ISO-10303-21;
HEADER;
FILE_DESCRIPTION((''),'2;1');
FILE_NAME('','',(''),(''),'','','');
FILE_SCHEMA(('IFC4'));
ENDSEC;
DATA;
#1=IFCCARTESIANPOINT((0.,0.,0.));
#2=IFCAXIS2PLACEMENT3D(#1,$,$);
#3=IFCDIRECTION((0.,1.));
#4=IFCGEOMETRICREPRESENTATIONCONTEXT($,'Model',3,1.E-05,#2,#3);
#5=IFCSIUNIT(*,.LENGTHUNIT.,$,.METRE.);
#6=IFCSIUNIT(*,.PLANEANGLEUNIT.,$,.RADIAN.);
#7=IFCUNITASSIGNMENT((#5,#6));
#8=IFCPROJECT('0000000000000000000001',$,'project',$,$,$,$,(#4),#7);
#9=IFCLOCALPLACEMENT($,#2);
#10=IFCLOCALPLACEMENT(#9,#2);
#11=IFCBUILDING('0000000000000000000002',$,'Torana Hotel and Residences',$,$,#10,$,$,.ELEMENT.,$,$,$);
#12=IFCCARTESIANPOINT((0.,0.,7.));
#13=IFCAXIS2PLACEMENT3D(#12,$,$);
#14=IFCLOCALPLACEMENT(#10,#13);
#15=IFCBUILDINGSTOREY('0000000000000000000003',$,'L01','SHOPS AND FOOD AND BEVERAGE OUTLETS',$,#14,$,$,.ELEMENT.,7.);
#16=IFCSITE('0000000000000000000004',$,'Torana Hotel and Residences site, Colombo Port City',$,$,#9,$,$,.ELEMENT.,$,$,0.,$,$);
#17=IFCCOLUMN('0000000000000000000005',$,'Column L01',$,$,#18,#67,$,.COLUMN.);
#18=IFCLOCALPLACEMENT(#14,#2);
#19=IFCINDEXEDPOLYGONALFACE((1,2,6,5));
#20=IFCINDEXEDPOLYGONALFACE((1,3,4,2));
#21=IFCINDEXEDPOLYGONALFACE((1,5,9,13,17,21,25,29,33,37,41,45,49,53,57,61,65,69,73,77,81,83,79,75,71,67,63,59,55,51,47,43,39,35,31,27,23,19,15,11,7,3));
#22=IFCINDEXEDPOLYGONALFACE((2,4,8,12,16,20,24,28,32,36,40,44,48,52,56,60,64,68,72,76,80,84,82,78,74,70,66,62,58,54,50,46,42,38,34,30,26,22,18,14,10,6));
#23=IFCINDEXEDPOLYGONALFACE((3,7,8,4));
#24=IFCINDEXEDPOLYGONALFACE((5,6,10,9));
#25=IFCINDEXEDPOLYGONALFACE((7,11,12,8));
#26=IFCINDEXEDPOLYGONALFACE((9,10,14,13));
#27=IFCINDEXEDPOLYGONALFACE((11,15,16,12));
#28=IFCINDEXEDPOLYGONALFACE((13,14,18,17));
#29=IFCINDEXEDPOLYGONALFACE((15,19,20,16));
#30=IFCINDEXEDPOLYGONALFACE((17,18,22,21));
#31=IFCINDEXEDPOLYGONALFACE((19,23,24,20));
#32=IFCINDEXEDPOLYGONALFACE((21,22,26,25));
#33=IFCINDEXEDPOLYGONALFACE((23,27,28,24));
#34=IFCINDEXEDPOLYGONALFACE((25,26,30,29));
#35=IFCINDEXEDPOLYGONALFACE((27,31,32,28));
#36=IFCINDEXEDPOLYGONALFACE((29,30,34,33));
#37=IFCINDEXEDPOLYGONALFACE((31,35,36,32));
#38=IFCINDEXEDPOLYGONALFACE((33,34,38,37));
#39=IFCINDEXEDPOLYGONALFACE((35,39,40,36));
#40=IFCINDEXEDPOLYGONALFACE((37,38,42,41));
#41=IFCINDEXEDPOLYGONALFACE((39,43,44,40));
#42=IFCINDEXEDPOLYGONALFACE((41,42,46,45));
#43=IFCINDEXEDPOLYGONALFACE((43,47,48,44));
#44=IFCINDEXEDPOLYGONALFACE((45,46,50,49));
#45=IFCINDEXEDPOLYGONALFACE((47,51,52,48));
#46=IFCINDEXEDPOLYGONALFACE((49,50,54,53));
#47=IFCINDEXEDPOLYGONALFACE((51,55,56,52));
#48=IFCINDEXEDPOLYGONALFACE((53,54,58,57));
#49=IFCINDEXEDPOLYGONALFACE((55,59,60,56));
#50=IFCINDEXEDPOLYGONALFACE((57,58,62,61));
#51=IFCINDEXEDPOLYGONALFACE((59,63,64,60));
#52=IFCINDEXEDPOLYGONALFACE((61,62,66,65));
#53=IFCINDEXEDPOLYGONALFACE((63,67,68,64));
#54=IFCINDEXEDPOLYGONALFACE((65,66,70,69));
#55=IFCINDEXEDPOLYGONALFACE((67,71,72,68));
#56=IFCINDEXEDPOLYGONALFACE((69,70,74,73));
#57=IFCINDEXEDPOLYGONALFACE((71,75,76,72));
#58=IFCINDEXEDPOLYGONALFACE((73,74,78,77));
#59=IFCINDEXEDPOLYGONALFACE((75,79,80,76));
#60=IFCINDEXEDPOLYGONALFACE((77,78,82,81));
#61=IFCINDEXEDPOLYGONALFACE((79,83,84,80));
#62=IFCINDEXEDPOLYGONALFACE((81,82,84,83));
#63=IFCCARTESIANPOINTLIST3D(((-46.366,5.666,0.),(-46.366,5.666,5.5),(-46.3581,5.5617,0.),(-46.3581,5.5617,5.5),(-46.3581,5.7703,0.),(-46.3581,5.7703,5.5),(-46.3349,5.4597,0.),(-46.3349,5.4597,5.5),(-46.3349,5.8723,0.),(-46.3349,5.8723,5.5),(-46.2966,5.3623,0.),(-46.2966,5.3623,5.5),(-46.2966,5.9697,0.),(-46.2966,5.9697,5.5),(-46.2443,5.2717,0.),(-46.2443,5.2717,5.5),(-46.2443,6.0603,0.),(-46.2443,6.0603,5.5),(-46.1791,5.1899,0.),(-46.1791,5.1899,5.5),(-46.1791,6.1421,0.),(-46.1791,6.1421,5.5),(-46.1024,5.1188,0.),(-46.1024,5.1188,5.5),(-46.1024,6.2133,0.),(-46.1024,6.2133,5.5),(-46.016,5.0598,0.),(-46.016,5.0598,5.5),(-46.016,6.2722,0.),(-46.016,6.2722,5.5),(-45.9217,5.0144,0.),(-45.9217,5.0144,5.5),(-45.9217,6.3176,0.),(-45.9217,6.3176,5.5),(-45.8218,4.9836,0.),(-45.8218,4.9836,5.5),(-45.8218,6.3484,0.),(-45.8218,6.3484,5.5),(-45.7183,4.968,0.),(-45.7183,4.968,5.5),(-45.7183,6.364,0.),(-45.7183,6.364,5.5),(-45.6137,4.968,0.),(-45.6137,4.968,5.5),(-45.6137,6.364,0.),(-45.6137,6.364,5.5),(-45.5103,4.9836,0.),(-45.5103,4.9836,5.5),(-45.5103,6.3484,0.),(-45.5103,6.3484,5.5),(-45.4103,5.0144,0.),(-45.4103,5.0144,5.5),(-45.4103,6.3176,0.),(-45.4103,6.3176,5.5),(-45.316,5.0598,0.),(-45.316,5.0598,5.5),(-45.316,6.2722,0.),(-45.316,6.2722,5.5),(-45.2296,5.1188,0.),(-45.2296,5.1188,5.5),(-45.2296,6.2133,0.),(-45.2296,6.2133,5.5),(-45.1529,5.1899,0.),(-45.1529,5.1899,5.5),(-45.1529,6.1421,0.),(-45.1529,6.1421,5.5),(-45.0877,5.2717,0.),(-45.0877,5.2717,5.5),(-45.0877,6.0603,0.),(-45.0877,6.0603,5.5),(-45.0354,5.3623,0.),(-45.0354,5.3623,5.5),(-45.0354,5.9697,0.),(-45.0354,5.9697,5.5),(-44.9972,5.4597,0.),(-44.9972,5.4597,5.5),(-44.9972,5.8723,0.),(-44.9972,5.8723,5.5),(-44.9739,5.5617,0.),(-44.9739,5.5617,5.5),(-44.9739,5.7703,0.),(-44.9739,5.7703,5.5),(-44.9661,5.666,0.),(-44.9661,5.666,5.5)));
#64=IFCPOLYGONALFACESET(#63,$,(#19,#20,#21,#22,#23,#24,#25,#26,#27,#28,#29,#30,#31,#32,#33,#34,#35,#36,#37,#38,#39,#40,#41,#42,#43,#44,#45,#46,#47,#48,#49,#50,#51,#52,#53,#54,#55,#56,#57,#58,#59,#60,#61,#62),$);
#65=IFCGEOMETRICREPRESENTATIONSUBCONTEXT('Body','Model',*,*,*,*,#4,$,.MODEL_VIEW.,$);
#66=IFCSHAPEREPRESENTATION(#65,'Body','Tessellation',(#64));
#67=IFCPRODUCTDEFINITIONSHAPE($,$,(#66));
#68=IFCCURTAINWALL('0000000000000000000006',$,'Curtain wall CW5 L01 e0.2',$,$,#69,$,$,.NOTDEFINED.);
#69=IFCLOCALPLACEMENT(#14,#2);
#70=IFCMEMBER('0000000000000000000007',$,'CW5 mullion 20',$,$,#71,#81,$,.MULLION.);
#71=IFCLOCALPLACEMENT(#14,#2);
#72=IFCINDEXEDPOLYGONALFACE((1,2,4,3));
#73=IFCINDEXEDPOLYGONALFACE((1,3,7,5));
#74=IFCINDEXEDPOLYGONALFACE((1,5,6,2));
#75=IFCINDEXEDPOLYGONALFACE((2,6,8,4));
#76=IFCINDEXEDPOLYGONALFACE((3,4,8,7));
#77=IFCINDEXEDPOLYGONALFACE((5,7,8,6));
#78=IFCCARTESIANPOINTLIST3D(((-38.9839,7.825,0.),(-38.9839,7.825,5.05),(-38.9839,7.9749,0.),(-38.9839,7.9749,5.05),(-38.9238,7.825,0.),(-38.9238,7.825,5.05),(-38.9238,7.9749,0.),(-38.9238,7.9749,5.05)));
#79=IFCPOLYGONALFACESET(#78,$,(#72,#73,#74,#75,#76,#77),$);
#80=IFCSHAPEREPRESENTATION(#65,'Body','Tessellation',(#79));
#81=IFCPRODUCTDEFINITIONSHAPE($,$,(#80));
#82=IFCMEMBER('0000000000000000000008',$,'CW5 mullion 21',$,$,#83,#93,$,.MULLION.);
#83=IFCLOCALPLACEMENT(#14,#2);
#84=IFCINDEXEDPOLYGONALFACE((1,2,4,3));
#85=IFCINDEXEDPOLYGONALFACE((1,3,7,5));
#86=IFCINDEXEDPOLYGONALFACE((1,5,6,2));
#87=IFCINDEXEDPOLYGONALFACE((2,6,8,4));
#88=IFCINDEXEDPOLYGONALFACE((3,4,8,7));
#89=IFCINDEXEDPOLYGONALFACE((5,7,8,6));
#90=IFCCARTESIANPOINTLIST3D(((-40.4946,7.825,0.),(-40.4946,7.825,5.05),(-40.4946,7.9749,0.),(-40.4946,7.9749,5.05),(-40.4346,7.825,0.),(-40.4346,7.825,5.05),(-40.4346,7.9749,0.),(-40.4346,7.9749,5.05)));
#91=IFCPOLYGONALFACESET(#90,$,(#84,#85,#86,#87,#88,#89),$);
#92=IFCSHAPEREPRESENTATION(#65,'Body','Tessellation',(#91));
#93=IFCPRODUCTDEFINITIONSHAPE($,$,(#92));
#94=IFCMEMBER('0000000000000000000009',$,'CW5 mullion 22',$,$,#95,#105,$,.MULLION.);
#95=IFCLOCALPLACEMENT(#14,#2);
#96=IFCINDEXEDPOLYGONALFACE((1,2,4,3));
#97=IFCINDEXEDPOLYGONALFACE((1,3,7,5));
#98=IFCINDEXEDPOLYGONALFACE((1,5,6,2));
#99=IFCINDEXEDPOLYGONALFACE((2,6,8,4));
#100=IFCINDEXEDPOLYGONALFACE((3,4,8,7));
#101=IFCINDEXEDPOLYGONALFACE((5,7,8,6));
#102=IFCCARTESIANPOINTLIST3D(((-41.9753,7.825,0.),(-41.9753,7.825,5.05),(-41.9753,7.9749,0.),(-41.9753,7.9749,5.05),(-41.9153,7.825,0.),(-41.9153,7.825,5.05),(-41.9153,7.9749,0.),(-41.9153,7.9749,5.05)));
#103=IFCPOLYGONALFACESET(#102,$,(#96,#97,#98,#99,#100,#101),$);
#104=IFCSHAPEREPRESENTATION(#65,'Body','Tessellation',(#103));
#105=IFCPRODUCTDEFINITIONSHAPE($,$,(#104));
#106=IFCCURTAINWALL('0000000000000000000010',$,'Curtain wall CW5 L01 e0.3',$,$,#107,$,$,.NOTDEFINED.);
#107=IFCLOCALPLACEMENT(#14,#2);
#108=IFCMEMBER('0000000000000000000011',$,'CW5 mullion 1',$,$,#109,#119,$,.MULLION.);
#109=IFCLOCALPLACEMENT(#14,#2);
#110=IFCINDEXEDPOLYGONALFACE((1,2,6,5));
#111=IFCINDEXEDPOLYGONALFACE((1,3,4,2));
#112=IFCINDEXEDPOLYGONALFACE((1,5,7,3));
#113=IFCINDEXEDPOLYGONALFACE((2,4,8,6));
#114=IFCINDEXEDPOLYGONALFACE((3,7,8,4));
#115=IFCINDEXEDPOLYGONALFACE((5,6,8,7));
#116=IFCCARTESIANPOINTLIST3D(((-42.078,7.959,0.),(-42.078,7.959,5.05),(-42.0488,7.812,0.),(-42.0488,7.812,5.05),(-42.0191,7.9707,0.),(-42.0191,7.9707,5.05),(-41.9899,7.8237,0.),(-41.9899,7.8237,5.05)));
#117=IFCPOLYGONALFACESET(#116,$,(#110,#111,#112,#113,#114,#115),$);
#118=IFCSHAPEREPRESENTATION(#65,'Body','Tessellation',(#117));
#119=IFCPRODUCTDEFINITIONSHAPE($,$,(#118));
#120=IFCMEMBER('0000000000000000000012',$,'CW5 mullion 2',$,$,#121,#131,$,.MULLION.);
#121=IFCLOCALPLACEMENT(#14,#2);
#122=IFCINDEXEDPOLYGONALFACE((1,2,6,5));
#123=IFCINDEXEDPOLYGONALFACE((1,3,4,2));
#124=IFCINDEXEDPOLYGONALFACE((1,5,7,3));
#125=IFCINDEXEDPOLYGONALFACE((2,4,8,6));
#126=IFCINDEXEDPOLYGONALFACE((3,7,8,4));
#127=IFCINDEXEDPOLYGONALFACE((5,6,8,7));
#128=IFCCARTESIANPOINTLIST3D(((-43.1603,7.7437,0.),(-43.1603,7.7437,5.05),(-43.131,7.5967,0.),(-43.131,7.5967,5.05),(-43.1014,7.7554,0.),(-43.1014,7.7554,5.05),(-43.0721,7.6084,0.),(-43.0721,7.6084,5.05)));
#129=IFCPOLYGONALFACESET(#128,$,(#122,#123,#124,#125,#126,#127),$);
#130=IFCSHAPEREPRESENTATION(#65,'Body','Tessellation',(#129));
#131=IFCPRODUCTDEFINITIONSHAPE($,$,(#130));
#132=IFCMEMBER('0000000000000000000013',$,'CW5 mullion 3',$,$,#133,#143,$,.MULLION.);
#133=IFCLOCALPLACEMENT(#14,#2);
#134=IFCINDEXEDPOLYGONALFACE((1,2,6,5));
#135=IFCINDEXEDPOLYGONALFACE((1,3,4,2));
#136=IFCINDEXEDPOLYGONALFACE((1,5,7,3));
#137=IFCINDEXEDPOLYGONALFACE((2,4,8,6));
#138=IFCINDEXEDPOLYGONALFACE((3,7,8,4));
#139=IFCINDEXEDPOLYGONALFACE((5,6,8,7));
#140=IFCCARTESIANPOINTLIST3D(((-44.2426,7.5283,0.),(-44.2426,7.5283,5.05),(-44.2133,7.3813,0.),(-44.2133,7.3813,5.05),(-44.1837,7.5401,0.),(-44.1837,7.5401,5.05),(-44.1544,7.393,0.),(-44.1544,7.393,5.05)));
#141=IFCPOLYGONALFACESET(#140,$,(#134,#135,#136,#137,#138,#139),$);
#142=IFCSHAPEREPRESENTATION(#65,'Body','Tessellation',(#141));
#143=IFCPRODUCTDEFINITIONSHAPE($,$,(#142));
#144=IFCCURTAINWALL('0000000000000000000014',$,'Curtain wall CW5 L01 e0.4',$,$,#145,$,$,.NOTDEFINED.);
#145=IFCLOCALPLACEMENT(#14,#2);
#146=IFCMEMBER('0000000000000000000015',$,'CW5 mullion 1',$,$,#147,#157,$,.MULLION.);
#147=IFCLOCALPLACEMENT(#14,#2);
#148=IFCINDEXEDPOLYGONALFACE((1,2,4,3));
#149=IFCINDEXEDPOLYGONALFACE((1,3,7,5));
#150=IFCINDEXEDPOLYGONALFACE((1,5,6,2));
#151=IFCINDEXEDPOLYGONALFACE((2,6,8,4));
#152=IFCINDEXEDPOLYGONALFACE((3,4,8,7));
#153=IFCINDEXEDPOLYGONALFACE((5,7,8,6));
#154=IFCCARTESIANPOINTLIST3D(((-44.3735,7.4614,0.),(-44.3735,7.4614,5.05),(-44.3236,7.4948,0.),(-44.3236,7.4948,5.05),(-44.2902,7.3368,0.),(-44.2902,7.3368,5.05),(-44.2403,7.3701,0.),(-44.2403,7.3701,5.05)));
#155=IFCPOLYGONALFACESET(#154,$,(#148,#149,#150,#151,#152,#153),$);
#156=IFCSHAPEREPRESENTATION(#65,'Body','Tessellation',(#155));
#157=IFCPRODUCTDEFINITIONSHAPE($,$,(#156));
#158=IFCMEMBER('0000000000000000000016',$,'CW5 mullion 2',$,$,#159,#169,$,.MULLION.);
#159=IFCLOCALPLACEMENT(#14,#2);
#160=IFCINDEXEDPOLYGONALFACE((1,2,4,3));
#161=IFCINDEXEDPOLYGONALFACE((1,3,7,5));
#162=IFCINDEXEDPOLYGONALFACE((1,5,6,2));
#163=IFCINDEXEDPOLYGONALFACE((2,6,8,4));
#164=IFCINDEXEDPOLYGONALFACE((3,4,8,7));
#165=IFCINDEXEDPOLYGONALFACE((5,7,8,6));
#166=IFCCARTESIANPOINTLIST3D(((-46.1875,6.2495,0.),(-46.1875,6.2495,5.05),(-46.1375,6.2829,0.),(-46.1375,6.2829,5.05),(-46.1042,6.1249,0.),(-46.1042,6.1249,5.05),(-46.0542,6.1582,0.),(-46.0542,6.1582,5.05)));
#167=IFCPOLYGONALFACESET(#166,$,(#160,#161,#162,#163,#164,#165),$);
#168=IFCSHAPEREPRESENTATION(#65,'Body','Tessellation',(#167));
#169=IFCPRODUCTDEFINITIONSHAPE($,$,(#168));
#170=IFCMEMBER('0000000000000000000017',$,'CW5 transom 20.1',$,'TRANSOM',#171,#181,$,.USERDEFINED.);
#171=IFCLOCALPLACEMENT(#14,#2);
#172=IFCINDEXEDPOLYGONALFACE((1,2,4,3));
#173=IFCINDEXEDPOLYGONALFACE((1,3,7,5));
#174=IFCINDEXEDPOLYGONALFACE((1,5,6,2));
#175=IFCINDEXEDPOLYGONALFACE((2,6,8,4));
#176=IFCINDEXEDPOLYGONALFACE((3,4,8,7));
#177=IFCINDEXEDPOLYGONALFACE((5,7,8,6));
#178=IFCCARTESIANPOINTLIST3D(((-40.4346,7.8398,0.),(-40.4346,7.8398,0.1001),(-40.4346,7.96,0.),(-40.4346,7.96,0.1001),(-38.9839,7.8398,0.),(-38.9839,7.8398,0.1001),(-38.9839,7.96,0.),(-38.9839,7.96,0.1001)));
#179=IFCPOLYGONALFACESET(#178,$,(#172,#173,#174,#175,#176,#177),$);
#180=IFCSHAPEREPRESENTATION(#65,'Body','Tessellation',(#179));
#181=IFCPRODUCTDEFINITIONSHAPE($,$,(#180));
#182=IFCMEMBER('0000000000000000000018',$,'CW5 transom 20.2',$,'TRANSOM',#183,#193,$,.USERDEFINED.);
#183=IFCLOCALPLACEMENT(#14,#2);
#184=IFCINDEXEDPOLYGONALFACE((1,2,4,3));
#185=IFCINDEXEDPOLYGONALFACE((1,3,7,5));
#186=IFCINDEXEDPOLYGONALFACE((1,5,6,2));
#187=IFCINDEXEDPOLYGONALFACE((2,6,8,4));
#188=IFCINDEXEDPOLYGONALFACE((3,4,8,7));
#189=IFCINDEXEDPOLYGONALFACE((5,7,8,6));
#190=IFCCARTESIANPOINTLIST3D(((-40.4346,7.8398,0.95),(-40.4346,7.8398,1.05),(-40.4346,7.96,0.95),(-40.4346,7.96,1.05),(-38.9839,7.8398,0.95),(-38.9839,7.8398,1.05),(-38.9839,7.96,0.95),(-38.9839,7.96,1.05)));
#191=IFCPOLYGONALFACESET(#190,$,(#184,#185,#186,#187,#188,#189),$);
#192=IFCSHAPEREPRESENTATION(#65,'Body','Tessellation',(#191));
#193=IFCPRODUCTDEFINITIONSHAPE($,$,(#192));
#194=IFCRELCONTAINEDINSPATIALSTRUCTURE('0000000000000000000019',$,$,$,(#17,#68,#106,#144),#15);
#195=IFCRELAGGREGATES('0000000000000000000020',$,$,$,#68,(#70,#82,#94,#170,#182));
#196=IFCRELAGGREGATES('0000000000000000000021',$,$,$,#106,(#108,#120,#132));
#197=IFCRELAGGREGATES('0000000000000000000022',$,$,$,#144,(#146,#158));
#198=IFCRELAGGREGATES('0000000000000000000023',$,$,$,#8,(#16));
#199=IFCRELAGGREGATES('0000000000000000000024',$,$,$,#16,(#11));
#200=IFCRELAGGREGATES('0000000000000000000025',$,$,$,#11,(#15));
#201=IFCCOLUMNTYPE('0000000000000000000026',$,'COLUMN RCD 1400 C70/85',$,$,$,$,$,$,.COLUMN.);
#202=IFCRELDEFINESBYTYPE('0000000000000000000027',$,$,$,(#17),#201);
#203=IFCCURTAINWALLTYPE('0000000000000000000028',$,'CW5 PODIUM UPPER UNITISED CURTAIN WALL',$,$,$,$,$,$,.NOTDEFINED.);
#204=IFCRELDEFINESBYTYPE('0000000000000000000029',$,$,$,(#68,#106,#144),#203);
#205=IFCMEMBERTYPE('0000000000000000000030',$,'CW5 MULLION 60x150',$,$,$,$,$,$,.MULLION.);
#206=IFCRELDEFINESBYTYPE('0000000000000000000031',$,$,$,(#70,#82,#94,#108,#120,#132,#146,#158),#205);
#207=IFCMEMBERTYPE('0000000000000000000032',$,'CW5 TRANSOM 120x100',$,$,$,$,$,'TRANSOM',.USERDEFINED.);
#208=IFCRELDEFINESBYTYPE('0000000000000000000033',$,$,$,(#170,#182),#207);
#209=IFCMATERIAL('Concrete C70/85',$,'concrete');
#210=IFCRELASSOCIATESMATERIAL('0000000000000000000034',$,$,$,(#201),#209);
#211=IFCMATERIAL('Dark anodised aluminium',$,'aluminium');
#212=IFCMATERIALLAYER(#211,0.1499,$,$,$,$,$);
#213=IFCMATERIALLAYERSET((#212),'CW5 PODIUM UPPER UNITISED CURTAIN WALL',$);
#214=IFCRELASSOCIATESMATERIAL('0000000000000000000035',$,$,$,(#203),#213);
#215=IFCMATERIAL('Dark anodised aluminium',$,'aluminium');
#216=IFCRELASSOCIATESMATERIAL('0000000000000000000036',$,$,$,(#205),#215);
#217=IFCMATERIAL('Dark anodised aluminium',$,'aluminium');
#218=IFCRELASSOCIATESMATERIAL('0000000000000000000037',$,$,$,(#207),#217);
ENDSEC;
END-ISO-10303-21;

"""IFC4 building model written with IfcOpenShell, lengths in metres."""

from ifc_helpers import new_model, si_unit, direction, frame, origin, origin_2d, place, context, subcontext, project, spatial, rectangle, circle, extrude, material, layer, layer_set, material_profile, profile_set, type_object, element, aggregate, save


model = new_model("IFC4")

# Units and contexts
model_context = context("Model", 3, precision=1e-05, world=origin(), true_north=direction((0.0, 1.0)))
body_context = subcontext(model_context, "Body", "Model", "MODEL_VIEW")
ifc_project = project(units=[si_unit("LENGTHUNIT", "METRE"), si_unit("PLANEANGLEUNIT", "RADIAN")], contexts=[model_context])

# Site, building, storey
site_placement = place(None, origin())
site = spatial("IfcSite", under=ifc_project, at=site_placement, Name="Torana Hotel and Residences site, Colombo Port City", CompositionType="ELEMENT", RefElevation=0.0)
building_placement = place(site_placement, origin())
building = spatial("IfcBuilding", under=site, at=building_placement, Name="Torana Hotel and Residences", CompositionType="ELEMENT")
storey_placement = place(building_placement, frame((0.0, 0.0, 7.0)))
storey = spatial("IfcBuildingStorey", under=building, at=storey_placement, Name="L01", Description="SHOPS AND FOOD AND BEVERAGE OUTLETS", CompositionType="ELEMENT", Elevation=7.0)

# Column
ifc_material_1 = material(Name="Concrete C70/85", Category="concrete")
ifc_material_profile_1 = material_profile(ifc_material_1, circle(Radius=0.7, at=origin_2d()), Name="RCD 1400")
ifc_profile_set_1 = profile_set([ifc_material_profile_1], Name="Concrete C70/85")
column_type = type_object("IfcColumnType", Name="COLUMN RCD 1400 C70/85", PredefinedType="COLUMN", material=ifc_profile_set_1)
column_placement = place(storey_placement, frame((-45.666, 5.666, 0.0), z_axis=(0.0, 0.0, 1.0), x_axis=(1.0, 0.0, 0.0)))
element("IfcColumn", 1, at=column_placement, inside=storey, type_object=column_type, Name="Column L01", PredefinedType="COLUMN", context=body_context, shape_type="SweptSolid", body=[
    extrude(circle(Radius=0.7, at=origin_2d()), origin(), (0.0, 0.0, 1.0), 5.5),
])

# Curtain walls, members
ifc_material_2 = material(Name="Dark anodised aluminium", Category="aluminium")
ifc_layer_1 = layer(ifc_material_2, 0.1499)
ifc_layer_set_1 = layer_set([ifc_layer_1], Name="CW5 PODIUM UPPER UNITISED CURTAIN WALL")
curtain_wall_type = type_object("IfcCurtainWallType", Name="CW5 PODIUM UPPER UNITISED CURTAIN WALL", PredefinedType="NOTDEFINED", material=ifc_layer_set_1)
curtain_wall_1_placement = place(storey_placement, origin())
curtain_wall_1 = element("IfcCurtainWall", 2, at=curtain_wall_1_placement, inside=storey, type_object=curtain_wall_type, Name="Curtain wall CW5 L01 e0.2", PredefinedType="NOTDEFINED")
ifc_material_3 = material(Name="Dark anodised aluminium", Category="aluminium")
ifc_material_profile_2 = material_profile(ifc_material_3, rectangle(XDim=0.1499, YDim=0.0601, at=origin_2d()), Name="CW5 MULLION 60x150")
ifc_profile_set_2 = profile_set([ifc_material_profile_2], Name="Dark anodised aluminium")
member_type_1 = type_object("IfcMemberType", Name="CW5 MULLION 60x150", PredefinedType="MULLION", material=ifc_profile_set_2)
member_1_placement = place(storey_placement, frame((-38.9539, 7.8999, 0.0), z_axis=(0.0, 0.0, 1.0), x_axis=(0.0, -1.0, 0.0)))
member_1 = element("IfcMember", 3, at=member_1_placement, type_object=member_type_1, Name="CW5 mullion 20", PredefinedType="MULLION", context=body_context, shape_type="SweptSolid", body=[
    extrude(rectangle(XDim=0.1499, YDim=0.0601, at=origin_2d()), origin(), (0.0, 0.0, 1.0), 5.05),
])
member_2_placement = place(storey_placement, frame((-40.4646, 7.8999, 0.0), z_axis=(0.0, 0.0, 1.0), x_axis=(0.0, -1.0, 0.0)))
member_2 = element("IfcMember", 4, at=member_2_placement, type_object=member_type_1, Name="CW5 mullion 21", PredefinedType="MULLION", context=body_context, shape_type="SweptSolid", body=[
    extrude(rectangle(XDim=0.1499, YDim=0.0601, at=origin_2d()), origin(), (0.0, 0.0, 1.0), 5.05),
])
member_3_placement = place(storey_placement, frame((-41.9453, 7.8999, 0.0), z_axis=(0.0, 0.0, 1.0), x_axis=(0.0, -1.0, 0.0)))
member_3 = element("IfcMember", 5, at=member_3_placement, type_object=member_type_1, Name="CW5 mullion 22", PredefinedType="MULLION", context=body_context, shape_type="SweptSolid", body=[
    extrude(rectangle(XDim=0.1499, YDim=0.0601, at=origin_2d()), origin(), (0.0, 0.0, 1.0), 5.05),
])
curtain_wall_2_placement = place(storey_placement, origin())
curtain_wall_2 = element("IfcCurtainWall", 6, at=curtain_wall_2_placement, inside=storey, type_object=curtain_wall_type, Name="Curtain wall CW5 L01 e0.3", PredefinedType="NOTDEFINED")
member_4_placement = place(storey_placement, frame((-42.0339, 7.8914, 0.0), z_axis=(0.0, 0.0, 1.0), x_axis=(0.195081, -0.980787, 0.0)))
member_4 = element("IfcMember", 7, at=member_4_placement, type_object=member_type_1, Name="CW5 mullion 1", PredefinedType="MULLION", context=body_context, shape_type="SweptSolid", body=[
    extrude(rectangle(XDim=0.1499, YDim=0.0601, at=origin_2d()), origin(), (0.0, 0.0, 1.0), 5.05),
])
member_5_placement = place(storey_placement, frame((-43.1162, 7.676, 0.0), z_axis=(0.0, 0.0, 1.0), x_axis=(0.195081, -0.980787, 0.0)))
member_5 = element("IfcMember", 8, at=member_5_placement, type_object=member_type_1, Name="CW5 mullion 2", PredefinedType="MULLION", context=body_context, shape_type="SweptSolid", body=[
    extrude(rectangle(XDim=0.1499, YDim=0.0601, at=origin_2d()), origin(), (0.0, 0.0, 1.0), 5.05),
])
member_6_placement = place(storey_placement, frame((-44.1985, 7.4607, 0.0), z_axis=(0.0, 0.0, 1.0), x_axis=(0.195081, -0.980787, 0.0)))
member_6 = element("IfcMember", 9, at=member_6_placement, type_object=member_type_1, Name="CW5 mullion 3", PredefinedType="MULLION", context=body_context, shape_type="SweptSolid", body=[
    extrude(rectangle(XDim=0.1499, YDim=0.0601, at=origin_2d()), origin(), (0.0, 0.0, 1.0), 5.05),
])
curtain_wall_3_placement = place(storey_placement, origin())
curtain_wall_3 = element("IfcCurtainWall", 10, at=curtain_wall_3_placement, inside=storey, type_object=curtain_wall_type, Name="Curtain wall CW5 L01 e0.4", PredefinedType="NOTDEFINED")
member_7_placement = place(storey_placement, frame((-44.3069, 7.4158, 0.0), z_axis=(0.0, 0.0, 1.0), x_axis=(0.555585, -0.83146, 0.0)))
member_7 = element("IfcMember", 11, at=member_7_placement, type_object=member_type_1, Name="CW5 mullion 1", PredefinedType="MULLION", context=body_context, shape_type="SweptSolid", body=[
    extrude(rectangle(XDim=0.1499, YDim=0.0601, at=origin_2d()), origin(), (0.0, 0.0, 1.0), 5.05),
])
member_8_placement = place(storey_placement, frame((-46.1208, 6.2039, 0.0), z_axis=(0.0, 0.0, 1.0), x_axis=(0.555585, -0.83146, 0.0)))
member_8 = element("IfcMember", 12, at=member_8_placement, type_object=member_type_1, Name="CW5 mullion 2", PredefinedType="MULLION", context=body_context, shape_type="SweptSolid", body=[
    extrude(rectangle(XDim=0.1499, YDim=0.0601, at=origin_2d()), origin(), (0.0, 0.0, 1.0), 5.05),
])

# Members
ifc_material_4 = material(Name="Dark anodised aluminium", Category="aluminium")
ifc_material_profile_3 = material_profile(ifc_material_4, rectangle(XDim=0.1201, YDim=0.1001, at=origin_2d()), Name="CW5 TRANSOM 120x100")
ifc_profile_set_3 = profile_set([ifc_material_profile_3], Name="Dark anodised aluminium")
member_type_2 = type_object("IfcMemberType", Name="CW5 TRANSOM 120x100", ElementType="TRANSOM", PredefinedType="USERDEFINED", material=ifc_profile_set_3)
member_9_placement = place(storey_placement, frame((-38.9839, 7.8999, 0.05), z_axis=(-1.0, 0.0, 0.0), x_axis=(0.0, -1.0, 0.0)))
member_9 = element("IfcMember", 13, at=member_9_placement, type_object=member_type_2, Name="CW5 transom 20.1", ObjectType="TRANSOM", PredefinedType="USERDEFINED", context=body_context, shape_type="SweptSolid", body=[
    extrude(rectangle(XDim=0.1201, YDim=0.1001, at=origin_2d()), origin(), (0.0, 0.0, 1.0), 1.4507),
])
member_10_placement = place(storey_placement, frame((-38.9839, 7.8999, 1.0), z_axis=(-1.0, 0.0, 0.0), x_axis=(0.0, -1.0, 0.0)))
member_10 = element("IfcMember", 14, at=member_10_placement, type_object=member_type_2, Name="CW5 transom 20.2", ObjectType="TRANSOM", PredefinedType="USERDEFINED", context=body_context, shape_type="SweptSolid", body=[
    extrude(rectangle(XDim=0.1201, YDim=0.1001, at=origin_2d()), origin(), (0.0, 0.0, 1.0), 1.4507),
])

aggregate(curtain_wall_1, [member_1, member_2, member_3, member_9, member_10])
aggregate(curtain_wall_2, [member_4, member_5, member_6])
aggregate(curtain_wall_3, [member_7, member_8])

save(model, "model.ifc")
